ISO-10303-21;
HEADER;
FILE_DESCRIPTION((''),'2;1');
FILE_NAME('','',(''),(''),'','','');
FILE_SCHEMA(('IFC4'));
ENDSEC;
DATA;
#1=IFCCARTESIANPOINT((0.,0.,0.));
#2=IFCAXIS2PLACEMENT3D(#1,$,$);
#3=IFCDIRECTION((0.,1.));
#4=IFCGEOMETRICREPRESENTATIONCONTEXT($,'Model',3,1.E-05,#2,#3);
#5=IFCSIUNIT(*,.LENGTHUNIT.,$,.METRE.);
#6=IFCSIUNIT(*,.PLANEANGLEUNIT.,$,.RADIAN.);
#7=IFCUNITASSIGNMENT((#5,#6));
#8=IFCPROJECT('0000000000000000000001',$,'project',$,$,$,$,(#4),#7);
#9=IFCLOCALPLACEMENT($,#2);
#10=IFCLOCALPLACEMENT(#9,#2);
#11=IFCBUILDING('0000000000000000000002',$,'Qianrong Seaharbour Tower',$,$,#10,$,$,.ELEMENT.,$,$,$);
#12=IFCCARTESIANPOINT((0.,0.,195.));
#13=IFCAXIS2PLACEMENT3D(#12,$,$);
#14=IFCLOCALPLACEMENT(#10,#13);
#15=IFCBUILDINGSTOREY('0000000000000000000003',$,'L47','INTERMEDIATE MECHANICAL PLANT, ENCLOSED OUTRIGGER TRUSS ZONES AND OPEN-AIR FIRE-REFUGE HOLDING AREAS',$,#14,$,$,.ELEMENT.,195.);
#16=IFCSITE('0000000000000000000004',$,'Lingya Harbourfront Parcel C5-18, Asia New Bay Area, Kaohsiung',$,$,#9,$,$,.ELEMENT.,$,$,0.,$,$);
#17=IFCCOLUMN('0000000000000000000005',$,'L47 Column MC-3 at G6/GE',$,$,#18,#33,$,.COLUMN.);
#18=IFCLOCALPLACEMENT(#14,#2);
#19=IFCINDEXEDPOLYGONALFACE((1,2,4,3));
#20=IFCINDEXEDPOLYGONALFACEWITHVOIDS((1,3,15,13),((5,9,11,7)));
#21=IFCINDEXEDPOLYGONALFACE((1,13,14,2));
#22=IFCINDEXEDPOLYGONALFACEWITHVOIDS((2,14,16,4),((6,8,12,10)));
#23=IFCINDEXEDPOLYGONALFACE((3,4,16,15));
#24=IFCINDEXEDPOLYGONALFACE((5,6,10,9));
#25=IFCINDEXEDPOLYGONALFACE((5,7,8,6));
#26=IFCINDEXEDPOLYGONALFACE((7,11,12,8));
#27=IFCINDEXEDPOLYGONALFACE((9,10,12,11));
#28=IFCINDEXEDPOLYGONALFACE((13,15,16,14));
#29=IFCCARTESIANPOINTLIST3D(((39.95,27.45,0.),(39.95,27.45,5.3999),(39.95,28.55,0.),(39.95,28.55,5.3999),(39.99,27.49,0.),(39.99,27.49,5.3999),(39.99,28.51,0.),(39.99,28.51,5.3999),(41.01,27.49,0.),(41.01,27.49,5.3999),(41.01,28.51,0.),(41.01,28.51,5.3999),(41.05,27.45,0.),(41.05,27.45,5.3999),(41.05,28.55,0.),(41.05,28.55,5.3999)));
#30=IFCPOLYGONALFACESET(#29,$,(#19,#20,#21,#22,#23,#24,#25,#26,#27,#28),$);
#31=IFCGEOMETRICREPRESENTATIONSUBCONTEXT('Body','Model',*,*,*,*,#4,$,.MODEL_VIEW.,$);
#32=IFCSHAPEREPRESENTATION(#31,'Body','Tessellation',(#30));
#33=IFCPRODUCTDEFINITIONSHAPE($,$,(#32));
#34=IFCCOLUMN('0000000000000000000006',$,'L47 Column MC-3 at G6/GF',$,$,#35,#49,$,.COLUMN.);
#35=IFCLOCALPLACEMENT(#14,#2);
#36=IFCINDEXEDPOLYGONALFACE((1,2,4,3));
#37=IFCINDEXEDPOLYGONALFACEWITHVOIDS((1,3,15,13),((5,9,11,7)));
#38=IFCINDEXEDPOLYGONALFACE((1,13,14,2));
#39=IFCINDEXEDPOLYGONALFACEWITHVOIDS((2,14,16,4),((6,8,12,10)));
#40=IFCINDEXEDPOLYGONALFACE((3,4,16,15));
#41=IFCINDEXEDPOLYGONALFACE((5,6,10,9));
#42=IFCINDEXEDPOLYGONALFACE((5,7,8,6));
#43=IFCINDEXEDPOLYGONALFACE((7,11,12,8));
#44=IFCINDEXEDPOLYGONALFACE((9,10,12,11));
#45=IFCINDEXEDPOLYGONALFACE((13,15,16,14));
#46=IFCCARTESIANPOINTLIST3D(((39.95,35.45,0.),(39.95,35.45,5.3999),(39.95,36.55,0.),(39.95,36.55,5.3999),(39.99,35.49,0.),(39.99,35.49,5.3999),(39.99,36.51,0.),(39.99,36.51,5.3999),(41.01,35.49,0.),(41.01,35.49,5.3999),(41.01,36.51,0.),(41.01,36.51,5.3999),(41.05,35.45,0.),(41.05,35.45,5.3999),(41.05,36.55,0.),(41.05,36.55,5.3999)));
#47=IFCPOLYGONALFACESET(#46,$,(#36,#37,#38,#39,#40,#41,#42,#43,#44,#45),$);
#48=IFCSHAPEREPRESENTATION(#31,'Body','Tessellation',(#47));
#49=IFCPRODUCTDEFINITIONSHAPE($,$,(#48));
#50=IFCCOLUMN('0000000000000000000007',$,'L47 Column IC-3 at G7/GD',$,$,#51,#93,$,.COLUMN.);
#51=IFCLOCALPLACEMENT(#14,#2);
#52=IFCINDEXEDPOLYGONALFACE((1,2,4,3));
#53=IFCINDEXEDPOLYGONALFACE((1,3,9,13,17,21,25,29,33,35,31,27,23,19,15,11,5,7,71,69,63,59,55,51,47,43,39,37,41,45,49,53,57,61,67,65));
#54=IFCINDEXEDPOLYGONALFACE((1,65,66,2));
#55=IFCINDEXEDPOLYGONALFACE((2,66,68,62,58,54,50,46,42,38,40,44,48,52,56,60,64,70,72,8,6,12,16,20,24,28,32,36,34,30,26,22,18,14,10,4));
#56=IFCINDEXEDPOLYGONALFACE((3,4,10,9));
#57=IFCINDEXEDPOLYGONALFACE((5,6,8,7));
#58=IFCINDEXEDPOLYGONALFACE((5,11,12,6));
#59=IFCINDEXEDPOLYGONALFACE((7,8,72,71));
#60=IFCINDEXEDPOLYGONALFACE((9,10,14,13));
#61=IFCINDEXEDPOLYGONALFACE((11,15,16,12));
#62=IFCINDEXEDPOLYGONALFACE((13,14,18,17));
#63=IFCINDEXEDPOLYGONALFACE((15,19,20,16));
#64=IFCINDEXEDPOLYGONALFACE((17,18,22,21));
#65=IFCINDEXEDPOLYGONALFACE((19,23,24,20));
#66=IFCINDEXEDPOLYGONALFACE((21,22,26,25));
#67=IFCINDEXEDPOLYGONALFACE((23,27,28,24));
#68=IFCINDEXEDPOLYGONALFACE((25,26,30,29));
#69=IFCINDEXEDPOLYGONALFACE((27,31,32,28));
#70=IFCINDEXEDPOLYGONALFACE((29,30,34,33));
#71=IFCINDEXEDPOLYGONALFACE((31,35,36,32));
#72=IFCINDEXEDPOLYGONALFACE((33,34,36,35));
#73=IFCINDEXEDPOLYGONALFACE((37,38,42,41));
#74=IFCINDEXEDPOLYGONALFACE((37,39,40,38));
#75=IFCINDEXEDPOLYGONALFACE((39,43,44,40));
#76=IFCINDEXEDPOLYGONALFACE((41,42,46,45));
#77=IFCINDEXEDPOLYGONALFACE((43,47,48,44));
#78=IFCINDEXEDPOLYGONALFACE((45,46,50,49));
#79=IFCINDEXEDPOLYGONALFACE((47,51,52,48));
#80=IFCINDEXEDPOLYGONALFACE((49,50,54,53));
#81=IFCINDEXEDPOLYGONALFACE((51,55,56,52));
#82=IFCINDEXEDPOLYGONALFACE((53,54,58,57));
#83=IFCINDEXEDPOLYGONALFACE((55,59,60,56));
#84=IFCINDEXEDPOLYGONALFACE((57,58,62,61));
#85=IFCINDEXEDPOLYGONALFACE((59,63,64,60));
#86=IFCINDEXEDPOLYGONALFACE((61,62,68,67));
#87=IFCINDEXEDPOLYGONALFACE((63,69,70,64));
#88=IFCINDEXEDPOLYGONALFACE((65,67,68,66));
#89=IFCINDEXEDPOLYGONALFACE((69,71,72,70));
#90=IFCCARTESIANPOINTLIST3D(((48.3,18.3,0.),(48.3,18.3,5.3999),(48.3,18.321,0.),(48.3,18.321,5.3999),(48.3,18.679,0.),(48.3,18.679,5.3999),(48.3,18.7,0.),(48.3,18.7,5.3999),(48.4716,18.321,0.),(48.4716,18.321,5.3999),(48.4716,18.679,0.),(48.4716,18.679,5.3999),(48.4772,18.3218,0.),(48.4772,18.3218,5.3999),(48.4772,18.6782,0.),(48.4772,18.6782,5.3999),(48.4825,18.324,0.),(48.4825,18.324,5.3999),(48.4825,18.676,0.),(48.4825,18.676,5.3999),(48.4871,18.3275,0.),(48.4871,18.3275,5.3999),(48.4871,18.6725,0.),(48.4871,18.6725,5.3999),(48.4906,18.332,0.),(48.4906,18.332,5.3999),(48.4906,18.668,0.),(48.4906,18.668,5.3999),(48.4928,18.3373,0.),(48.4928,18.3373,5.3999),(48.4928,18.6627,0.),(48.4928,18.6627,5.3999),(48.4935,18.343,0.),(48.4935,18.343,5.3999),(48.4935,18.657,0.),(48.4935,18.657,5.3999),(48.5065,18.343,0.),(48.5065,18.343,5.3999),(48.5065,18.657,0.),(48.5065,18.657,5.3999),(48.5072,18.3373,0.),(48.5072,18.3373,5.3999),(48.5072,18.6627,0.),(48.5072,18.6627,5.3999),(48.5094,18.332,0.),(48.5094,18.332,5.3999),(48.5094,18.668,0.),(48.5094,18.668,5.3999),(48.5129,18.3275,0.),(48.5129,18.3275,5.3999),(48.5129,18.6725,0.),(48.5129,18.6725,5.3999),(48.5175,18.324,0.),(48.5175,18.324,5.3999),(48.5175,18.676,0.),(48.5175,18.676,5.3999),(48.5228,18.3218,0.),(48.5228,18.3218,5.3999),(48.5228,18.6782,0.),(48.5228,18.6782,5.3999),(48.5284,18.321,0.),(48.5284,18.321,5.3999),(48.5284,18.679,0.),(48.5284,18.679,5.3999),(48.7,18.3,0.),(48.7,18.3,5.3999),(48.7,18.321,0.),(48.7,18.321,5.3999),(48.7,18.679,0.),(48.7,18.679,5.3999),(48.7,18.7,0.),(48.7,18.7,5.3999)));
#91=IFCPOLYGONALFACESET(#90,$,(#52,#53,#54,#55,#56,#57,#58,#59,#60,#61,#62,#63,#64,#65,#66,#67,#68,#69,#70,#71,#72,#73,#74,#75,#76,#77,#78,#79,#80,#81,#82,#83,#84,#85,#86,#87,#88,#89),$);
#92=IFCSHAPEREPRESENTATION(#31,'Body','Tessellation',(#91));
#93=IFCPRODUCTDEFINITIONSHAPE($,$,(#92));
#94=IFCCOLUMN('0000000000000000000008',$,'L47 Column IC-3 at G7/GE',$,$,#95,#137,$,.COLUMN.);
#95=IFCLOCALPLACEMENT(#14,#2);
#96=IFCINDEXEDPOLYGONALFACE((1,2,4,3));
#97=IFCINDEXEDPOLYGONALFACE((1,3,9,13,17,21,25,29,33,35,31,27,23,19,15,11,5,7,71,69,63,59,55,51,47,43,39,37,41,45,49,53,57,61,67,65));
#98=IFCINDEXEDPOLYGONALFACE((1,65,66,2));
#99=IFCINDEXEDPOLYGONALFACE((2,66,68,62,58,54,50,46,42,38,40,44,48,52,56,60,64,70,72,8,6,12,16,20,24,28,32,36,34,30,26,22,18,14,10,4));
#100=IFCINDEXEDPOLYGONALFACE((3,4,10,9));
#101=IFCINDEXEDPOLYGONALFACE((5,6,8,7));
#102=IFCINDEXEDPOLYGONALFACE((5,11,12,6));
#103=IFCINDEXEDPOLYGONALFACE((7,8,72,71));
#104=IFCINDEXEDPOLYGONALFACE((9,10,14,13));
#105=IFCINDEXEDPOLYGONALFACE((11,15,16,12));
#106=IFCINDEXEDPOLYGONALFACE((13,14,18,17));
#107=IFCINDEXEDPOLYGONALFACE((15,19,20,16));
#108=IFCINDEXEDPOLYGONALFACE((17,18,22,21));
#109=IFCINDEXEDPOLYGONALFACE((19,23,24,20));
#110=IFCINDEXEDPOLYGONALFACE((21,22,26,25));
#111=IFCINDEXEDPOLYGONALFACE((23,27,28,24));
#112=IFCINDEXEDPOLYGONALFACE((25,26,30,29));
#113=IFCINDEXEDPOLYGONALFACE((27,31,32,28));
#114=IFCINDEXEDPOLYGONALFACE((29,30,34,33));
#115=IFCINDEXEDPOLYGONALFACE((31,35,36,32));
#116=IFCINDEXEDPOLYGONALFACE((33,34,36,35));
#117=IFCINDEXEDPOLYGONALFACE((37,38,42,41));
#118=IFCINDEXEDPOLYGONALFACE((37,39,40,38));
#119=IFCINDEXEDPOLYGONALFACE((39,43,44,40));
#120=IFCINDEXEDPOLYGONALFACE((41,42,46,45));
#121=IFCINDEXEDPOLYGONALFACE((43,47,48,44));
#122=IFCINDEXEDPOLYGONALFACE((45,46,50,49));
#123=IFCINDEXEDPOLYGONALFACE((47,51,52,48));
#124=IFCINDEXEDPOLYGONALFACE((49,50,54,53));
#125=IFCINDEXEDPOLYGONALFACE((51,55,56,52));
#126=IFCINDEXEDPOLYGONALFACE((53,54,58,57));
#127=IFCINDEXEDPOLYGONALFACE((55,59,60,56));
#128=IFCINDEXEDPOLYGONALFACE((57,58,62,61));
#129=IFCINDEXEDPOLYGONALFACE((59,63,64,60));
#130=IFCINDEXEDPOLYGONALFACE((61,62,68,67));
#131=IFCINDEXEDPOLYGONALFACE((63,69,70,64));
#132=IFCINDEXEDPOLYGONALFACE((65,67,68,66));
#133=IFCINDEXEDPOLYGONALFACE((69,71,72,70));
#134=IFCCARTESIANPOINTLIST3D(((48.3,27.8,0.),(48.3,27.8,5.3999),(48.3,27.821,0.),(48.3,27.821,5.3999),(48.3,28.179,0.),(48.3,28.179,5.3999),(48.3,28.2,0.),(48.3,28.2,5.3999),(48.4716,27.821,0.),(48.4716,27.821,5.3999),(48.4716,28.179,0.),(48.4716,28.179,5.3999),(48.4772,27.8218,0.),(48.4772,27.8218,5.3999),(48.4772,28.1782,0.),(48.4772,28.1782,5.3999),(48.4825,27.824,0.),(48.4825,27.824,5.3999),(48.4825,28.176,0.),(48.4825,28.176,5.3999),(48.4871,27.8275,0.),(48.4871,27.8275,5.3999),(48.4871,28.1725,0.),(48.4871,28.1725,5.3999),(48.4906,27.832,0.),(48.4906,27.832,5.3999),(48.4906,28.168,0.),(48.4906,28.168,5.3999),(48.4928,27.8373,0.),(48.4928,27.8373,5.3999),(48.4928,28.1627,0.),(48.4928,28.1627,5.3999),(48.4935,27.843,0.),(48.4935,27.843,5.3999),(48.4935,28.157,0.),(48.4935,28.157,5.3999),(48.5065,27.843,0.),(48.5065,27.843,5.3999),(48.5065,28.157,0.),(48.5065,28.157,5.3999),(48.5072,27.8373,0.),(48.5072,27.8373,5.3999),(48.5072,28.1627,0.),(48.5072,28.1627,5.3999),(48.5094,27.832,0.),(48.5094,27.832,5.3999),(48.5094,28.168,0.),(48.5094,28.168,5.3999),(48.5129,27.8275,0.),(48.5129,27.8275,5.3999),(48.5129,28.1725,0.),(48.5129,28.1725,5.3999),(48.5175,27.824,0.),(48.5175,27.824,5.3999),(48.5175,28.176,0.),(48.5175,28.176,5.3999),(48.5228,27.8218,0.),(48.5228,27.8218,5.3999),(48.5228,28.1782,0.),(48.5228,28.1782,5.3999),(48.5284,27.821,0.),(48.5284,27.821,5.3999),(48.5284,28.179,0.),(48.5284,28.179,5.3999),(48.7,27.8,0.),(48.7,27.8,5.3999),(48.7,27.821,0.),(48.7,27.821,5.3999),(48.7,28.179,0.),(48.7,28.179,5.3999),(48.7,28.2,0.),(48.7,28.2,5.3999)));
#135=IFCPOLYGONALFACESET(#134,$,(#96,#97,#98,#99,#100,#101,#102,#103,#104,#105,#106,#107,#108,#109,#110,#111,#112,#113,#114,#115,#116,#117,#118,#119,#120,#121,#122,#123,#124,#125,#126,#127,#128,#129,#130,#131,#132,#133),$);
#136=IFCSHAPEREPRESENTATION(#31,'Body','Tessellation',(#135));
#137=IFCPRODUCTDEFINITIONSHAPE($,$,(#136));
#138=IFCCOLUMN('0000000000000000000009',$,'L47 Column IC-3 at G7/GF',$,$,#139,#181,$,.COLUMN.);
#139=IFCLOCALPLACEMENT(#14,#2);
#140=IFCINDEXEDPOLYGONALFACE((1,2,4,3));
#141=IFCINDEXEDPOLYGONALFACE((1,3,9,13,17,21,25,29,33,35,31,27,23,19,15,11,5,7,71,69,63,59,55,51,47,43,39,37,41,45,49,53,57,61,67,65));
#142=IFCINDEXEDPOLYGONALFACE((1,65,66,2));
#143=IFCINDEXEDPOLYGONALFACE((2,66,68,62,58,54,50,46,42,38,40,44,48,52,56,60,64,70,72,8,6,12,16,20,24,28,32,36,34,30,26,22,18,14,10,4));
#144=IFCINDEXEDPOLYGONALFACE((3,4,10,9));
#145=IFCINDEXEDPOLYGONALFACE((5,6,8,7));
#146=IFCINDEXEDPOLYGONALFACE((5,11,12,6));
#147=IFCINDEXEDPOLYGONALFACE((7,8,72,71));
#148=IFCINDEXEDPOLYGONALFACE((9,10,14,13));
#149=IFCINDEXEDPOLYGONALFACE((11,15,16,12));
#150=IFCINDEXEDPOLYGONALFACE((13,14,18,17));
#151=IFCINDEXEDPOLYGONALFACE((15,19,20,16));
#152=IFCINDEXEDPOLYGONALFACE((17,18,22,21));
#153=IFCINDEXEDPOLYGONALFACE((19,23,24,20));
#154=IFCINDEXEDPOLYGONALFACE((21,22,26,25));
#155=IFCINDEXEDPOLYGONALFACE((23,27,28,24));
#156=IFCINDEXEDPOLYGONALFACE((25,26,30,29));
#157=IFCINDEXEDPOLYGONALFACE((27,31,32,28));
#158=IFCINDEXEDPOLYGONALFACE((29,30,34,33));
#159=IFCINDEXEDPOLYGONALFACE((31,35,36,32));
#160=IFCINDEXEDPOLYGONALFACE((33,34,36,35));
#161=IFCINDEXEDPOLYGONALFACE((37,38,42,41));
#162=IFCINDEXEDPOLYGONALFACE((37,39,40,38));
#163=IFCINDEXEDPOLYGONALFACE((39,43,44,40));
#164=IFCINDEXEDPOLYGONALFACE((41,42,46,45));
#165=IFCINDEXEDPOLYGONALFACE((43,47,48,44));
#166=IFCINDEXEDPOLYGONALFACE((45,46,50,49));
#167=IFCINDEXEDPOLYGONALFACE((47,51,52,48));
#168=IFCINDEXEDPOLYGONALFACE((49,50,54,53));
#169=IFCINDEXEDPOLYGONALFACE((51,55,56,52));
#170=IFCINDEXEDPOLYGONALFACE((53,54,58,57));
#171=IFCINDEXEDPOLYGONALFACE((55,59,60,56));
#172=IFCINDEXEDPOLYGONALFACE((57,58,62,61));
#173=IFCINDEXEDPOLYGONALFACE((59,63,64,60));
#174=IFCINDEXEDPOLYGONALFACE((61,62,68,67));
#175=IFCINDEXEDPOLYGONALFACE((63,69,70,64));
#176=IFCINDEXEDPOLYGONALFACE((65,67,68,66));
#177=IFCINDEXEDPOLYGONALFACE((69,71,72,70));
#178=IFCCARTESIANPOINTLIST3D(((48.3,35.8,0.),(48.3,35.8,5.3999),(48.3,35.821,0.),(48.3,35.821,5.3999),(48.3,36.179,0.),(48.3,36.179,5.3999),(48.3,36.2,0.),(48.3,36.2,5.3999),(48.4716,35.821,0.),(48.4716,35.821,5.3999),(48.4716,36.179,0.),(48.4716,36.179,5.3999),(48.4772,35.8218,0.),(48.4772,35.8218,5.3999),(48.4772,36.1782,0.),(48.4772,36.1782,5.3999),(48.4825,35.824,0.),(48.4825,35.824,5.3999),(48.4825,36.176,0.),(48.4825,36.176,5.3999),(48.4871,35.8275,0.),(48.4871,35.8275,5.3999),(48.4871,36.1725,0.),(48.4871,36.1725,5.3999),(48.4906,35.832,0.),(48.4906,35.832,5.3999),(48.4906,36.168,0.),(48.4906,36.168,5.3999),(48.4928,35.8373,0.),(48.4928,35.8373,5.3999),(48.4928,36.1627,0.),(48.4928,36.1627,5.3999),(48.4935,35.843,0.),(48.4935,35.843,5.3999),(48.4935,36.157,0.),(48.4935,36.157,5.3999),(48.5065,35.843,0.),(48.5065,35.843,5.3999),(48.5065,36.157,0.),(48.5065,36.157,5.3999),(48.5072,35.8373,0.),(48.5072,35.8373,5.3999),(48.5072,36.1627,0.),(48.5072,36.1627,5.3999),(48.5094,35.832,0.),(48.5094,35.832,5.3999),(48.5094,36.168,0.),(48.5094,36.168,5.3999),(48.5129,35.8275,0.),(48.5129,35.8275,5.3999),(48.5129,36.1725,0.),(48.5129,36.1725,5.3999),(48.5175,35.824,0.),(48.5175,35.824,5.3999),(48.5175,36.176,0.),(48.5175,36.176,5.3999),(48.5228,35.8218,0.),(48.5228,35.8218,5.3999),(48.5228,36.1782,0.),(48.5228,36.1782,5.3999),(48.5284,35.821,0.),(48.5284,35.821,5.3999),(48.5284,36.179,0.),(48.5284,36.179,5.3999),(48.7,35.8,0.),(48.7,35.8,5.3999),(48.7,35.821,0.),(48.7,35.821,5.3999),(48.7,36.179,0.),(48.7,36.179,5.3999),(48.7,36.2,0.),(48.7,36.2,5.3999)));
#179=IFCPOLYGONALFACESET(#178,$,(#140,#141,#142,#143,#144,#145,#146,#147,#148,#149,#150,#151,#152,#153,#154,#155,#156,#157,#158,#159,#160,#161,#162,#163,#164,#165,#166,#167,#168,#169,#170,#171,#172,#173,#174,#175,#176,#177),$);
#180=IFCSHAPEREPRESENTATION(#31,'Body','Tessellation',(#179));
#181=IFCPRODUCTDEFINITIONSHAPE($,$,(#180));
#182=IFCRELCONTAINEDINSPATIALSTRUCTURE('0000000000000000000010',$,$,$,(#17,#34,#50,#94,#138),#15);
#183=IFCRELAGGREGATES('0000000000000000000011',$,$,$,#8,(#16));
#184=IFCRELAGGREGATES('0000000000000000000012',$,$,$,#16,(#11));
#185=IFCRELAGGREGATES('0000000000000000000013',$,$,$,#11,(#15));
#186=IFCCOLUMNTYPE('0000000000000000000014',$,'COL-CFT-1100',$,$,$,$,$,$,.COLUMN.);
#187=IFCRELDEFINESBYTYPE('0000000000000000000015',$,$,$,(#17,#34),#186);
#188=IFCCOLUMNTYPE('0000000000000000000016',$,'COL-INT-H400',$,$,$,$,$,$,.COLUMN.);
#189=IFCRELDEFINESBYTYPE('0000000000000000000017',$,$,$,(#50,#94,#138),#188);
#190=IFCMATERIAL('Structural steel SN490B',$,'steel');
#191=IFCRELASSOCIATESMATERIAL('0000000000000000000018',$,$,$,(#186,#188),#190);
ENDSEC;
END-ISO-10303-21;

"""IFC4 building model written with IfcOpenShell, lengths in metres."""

from ifc_helpers import new_model, si_unit, direction, frame, origin, origin_2d, place, context, subcontext, project, spatial, hollow_rectangle, i_section, extrude, material, material_profile, profile_set, type_object, element, save


model = new_model("IFC4")

# Units and contexts
model_context = context("Model", 3, precision=1e-05, world=origin(), true_north=direction((0.0, 1.0)))
body_context = subcontext(model_context, "Body", "Model", "MODEL_VIEW")
ifc_project = project(units=[si_unit("LENGTHUNIT", "METRE"), si_unit("PLANEANGLEUNIT", "RADIAN")], contexts=[model_context])

# Site, building, storey
site_placement = place(None, origin())
site = spatial("IfcSite", under=ifc_project, at=site_placement, Name="Lingya Harbourfront Parcel C5-18, Asia New Bay Area, Kaohsiung", CompositionType="ELEMENT", RefElevation=0.0)
building_placement = place(site_placement, origin())
building = spatial("IfcBuilding", under=site, at=building_placement, Name="Qianrong Seaharbour Tower", CompositionType="ELEMENT")
storey_placement = place(building_placement, frame((0.0, 0.0, 195.0)))
storey = spatial("IfcBuildingStorey", under=building, at=storey_placement, Name="L47", Description="INTERMEDIATE MECHANICAL PLANT, ENCLOSED OUTRIGGER TRUSS ZONES AND OPEN-AIR FIRE-REFUGE HOLDING AREAS", CompositionType="ELEMENT", Elevation=195.0)

# Columns
ifc_material_1 = material(Name="Structural steel SN490B", Category="steel")
ifc_material_profile_1 = material_profile(ifc_material_1, hollow_rectangle(XDim=1.1001, YDim=1.1001, WallThickness=0.04, at=origin_2d()), Name="BOX1100x1100x40")
ifc_profile_set_1 = profile_set([ifc_material_profile_1], Name="Structural steel SN490B")
column_type_1 = type_object("IfcColumnType", Name="COL-CFT-1100", PredefinedType="COLUMN", material=ifc_profile_set_1)
for number, where, z_axis, x_axis, name in (
    (1, (40.5, 28.0, 0.0), (0.0, 0.0, 1.0), (1.0, 0.0, 0.0), "L47 Column MC-3 at G6/GE"),
    (2, (40.5, 36.0, 0.0), (0.0, 0.0, 1.0), (1.0, 0.0, 0.0), "L47 Column MC-3 at G6/GF"),
):
    element("IfcColumn", number, at=place(storey_placement, frame(where, z_axis=z_axis, x_axis=x_axis)), inside=storey, type_object=column_type_1, Name=name, PredefinedType="COLUMN", context=body_context, shape_type="SweptSolid", body=[
        extrude(hollow_rectangle(XDim=1.1001, YDim=1.1001, WallThickness=0.04, at=origin_2d()), origin(), (0.0, 0.0, 1.0), 5.3999),
    ])
ifc_material_profile_2 = material_profile(ifc_material_1, i_section(OverallWidth=0.3999, OverallDepth=0.3999, WebThickness=0.0129, FlangeThickness=0.021, FilletRadius=0.022, at=origin_2d()), Name="H400x400x13x21")
ifc_profile_set_2 = profile_set([ifc_material_profile_2], Name="Structural steel SN490B")
column_type_2 = type_object("IfcColumnType", Name="COL-INT-H400", PredefinedType="COLUMN", material=ifc_profile_set_2)
for number, where, z_axis, x_axis, name in (
    (3, (48.5, 18.5, 0.0), (0.0, 0.0, 1.0), (1.0, 0.0, 0.0), "L47 Column IC-3 at G7/GD"),
    (4, (48.5, 28.0, 0.0), (0.0, 0.0, 1.0), (1.0, 0.0, 0.0), "L47 Column IC-3 at G7/GE"),
    (5, (48.5, 36.0, 0.0), (0.0, 0.0, 1.0), (1.0, 0.0, 0.0), "L47 Column IC-3 at G7/GF"),
):
    element("IfcColumn", number, at=place(storey_placement, frame(where, z_axis=z_axis, x_axis=x_axis)), inside=storey, type_object=column_type_2, Name=name, PredefinedType="COLUMN", context=body_context, shape_type="SweptSolid", body=[
        extrude(i_section(OverallWidth=0.3999, OverallDepth=0.3999, WebThickness=0.0129, FlangeThickness=0.021, FilletRadius=0.022, at=origin_2d()), origin(), (0.0, 0.0, 1.0), 5.3999),
    ])

save(model, "model.ifc")
